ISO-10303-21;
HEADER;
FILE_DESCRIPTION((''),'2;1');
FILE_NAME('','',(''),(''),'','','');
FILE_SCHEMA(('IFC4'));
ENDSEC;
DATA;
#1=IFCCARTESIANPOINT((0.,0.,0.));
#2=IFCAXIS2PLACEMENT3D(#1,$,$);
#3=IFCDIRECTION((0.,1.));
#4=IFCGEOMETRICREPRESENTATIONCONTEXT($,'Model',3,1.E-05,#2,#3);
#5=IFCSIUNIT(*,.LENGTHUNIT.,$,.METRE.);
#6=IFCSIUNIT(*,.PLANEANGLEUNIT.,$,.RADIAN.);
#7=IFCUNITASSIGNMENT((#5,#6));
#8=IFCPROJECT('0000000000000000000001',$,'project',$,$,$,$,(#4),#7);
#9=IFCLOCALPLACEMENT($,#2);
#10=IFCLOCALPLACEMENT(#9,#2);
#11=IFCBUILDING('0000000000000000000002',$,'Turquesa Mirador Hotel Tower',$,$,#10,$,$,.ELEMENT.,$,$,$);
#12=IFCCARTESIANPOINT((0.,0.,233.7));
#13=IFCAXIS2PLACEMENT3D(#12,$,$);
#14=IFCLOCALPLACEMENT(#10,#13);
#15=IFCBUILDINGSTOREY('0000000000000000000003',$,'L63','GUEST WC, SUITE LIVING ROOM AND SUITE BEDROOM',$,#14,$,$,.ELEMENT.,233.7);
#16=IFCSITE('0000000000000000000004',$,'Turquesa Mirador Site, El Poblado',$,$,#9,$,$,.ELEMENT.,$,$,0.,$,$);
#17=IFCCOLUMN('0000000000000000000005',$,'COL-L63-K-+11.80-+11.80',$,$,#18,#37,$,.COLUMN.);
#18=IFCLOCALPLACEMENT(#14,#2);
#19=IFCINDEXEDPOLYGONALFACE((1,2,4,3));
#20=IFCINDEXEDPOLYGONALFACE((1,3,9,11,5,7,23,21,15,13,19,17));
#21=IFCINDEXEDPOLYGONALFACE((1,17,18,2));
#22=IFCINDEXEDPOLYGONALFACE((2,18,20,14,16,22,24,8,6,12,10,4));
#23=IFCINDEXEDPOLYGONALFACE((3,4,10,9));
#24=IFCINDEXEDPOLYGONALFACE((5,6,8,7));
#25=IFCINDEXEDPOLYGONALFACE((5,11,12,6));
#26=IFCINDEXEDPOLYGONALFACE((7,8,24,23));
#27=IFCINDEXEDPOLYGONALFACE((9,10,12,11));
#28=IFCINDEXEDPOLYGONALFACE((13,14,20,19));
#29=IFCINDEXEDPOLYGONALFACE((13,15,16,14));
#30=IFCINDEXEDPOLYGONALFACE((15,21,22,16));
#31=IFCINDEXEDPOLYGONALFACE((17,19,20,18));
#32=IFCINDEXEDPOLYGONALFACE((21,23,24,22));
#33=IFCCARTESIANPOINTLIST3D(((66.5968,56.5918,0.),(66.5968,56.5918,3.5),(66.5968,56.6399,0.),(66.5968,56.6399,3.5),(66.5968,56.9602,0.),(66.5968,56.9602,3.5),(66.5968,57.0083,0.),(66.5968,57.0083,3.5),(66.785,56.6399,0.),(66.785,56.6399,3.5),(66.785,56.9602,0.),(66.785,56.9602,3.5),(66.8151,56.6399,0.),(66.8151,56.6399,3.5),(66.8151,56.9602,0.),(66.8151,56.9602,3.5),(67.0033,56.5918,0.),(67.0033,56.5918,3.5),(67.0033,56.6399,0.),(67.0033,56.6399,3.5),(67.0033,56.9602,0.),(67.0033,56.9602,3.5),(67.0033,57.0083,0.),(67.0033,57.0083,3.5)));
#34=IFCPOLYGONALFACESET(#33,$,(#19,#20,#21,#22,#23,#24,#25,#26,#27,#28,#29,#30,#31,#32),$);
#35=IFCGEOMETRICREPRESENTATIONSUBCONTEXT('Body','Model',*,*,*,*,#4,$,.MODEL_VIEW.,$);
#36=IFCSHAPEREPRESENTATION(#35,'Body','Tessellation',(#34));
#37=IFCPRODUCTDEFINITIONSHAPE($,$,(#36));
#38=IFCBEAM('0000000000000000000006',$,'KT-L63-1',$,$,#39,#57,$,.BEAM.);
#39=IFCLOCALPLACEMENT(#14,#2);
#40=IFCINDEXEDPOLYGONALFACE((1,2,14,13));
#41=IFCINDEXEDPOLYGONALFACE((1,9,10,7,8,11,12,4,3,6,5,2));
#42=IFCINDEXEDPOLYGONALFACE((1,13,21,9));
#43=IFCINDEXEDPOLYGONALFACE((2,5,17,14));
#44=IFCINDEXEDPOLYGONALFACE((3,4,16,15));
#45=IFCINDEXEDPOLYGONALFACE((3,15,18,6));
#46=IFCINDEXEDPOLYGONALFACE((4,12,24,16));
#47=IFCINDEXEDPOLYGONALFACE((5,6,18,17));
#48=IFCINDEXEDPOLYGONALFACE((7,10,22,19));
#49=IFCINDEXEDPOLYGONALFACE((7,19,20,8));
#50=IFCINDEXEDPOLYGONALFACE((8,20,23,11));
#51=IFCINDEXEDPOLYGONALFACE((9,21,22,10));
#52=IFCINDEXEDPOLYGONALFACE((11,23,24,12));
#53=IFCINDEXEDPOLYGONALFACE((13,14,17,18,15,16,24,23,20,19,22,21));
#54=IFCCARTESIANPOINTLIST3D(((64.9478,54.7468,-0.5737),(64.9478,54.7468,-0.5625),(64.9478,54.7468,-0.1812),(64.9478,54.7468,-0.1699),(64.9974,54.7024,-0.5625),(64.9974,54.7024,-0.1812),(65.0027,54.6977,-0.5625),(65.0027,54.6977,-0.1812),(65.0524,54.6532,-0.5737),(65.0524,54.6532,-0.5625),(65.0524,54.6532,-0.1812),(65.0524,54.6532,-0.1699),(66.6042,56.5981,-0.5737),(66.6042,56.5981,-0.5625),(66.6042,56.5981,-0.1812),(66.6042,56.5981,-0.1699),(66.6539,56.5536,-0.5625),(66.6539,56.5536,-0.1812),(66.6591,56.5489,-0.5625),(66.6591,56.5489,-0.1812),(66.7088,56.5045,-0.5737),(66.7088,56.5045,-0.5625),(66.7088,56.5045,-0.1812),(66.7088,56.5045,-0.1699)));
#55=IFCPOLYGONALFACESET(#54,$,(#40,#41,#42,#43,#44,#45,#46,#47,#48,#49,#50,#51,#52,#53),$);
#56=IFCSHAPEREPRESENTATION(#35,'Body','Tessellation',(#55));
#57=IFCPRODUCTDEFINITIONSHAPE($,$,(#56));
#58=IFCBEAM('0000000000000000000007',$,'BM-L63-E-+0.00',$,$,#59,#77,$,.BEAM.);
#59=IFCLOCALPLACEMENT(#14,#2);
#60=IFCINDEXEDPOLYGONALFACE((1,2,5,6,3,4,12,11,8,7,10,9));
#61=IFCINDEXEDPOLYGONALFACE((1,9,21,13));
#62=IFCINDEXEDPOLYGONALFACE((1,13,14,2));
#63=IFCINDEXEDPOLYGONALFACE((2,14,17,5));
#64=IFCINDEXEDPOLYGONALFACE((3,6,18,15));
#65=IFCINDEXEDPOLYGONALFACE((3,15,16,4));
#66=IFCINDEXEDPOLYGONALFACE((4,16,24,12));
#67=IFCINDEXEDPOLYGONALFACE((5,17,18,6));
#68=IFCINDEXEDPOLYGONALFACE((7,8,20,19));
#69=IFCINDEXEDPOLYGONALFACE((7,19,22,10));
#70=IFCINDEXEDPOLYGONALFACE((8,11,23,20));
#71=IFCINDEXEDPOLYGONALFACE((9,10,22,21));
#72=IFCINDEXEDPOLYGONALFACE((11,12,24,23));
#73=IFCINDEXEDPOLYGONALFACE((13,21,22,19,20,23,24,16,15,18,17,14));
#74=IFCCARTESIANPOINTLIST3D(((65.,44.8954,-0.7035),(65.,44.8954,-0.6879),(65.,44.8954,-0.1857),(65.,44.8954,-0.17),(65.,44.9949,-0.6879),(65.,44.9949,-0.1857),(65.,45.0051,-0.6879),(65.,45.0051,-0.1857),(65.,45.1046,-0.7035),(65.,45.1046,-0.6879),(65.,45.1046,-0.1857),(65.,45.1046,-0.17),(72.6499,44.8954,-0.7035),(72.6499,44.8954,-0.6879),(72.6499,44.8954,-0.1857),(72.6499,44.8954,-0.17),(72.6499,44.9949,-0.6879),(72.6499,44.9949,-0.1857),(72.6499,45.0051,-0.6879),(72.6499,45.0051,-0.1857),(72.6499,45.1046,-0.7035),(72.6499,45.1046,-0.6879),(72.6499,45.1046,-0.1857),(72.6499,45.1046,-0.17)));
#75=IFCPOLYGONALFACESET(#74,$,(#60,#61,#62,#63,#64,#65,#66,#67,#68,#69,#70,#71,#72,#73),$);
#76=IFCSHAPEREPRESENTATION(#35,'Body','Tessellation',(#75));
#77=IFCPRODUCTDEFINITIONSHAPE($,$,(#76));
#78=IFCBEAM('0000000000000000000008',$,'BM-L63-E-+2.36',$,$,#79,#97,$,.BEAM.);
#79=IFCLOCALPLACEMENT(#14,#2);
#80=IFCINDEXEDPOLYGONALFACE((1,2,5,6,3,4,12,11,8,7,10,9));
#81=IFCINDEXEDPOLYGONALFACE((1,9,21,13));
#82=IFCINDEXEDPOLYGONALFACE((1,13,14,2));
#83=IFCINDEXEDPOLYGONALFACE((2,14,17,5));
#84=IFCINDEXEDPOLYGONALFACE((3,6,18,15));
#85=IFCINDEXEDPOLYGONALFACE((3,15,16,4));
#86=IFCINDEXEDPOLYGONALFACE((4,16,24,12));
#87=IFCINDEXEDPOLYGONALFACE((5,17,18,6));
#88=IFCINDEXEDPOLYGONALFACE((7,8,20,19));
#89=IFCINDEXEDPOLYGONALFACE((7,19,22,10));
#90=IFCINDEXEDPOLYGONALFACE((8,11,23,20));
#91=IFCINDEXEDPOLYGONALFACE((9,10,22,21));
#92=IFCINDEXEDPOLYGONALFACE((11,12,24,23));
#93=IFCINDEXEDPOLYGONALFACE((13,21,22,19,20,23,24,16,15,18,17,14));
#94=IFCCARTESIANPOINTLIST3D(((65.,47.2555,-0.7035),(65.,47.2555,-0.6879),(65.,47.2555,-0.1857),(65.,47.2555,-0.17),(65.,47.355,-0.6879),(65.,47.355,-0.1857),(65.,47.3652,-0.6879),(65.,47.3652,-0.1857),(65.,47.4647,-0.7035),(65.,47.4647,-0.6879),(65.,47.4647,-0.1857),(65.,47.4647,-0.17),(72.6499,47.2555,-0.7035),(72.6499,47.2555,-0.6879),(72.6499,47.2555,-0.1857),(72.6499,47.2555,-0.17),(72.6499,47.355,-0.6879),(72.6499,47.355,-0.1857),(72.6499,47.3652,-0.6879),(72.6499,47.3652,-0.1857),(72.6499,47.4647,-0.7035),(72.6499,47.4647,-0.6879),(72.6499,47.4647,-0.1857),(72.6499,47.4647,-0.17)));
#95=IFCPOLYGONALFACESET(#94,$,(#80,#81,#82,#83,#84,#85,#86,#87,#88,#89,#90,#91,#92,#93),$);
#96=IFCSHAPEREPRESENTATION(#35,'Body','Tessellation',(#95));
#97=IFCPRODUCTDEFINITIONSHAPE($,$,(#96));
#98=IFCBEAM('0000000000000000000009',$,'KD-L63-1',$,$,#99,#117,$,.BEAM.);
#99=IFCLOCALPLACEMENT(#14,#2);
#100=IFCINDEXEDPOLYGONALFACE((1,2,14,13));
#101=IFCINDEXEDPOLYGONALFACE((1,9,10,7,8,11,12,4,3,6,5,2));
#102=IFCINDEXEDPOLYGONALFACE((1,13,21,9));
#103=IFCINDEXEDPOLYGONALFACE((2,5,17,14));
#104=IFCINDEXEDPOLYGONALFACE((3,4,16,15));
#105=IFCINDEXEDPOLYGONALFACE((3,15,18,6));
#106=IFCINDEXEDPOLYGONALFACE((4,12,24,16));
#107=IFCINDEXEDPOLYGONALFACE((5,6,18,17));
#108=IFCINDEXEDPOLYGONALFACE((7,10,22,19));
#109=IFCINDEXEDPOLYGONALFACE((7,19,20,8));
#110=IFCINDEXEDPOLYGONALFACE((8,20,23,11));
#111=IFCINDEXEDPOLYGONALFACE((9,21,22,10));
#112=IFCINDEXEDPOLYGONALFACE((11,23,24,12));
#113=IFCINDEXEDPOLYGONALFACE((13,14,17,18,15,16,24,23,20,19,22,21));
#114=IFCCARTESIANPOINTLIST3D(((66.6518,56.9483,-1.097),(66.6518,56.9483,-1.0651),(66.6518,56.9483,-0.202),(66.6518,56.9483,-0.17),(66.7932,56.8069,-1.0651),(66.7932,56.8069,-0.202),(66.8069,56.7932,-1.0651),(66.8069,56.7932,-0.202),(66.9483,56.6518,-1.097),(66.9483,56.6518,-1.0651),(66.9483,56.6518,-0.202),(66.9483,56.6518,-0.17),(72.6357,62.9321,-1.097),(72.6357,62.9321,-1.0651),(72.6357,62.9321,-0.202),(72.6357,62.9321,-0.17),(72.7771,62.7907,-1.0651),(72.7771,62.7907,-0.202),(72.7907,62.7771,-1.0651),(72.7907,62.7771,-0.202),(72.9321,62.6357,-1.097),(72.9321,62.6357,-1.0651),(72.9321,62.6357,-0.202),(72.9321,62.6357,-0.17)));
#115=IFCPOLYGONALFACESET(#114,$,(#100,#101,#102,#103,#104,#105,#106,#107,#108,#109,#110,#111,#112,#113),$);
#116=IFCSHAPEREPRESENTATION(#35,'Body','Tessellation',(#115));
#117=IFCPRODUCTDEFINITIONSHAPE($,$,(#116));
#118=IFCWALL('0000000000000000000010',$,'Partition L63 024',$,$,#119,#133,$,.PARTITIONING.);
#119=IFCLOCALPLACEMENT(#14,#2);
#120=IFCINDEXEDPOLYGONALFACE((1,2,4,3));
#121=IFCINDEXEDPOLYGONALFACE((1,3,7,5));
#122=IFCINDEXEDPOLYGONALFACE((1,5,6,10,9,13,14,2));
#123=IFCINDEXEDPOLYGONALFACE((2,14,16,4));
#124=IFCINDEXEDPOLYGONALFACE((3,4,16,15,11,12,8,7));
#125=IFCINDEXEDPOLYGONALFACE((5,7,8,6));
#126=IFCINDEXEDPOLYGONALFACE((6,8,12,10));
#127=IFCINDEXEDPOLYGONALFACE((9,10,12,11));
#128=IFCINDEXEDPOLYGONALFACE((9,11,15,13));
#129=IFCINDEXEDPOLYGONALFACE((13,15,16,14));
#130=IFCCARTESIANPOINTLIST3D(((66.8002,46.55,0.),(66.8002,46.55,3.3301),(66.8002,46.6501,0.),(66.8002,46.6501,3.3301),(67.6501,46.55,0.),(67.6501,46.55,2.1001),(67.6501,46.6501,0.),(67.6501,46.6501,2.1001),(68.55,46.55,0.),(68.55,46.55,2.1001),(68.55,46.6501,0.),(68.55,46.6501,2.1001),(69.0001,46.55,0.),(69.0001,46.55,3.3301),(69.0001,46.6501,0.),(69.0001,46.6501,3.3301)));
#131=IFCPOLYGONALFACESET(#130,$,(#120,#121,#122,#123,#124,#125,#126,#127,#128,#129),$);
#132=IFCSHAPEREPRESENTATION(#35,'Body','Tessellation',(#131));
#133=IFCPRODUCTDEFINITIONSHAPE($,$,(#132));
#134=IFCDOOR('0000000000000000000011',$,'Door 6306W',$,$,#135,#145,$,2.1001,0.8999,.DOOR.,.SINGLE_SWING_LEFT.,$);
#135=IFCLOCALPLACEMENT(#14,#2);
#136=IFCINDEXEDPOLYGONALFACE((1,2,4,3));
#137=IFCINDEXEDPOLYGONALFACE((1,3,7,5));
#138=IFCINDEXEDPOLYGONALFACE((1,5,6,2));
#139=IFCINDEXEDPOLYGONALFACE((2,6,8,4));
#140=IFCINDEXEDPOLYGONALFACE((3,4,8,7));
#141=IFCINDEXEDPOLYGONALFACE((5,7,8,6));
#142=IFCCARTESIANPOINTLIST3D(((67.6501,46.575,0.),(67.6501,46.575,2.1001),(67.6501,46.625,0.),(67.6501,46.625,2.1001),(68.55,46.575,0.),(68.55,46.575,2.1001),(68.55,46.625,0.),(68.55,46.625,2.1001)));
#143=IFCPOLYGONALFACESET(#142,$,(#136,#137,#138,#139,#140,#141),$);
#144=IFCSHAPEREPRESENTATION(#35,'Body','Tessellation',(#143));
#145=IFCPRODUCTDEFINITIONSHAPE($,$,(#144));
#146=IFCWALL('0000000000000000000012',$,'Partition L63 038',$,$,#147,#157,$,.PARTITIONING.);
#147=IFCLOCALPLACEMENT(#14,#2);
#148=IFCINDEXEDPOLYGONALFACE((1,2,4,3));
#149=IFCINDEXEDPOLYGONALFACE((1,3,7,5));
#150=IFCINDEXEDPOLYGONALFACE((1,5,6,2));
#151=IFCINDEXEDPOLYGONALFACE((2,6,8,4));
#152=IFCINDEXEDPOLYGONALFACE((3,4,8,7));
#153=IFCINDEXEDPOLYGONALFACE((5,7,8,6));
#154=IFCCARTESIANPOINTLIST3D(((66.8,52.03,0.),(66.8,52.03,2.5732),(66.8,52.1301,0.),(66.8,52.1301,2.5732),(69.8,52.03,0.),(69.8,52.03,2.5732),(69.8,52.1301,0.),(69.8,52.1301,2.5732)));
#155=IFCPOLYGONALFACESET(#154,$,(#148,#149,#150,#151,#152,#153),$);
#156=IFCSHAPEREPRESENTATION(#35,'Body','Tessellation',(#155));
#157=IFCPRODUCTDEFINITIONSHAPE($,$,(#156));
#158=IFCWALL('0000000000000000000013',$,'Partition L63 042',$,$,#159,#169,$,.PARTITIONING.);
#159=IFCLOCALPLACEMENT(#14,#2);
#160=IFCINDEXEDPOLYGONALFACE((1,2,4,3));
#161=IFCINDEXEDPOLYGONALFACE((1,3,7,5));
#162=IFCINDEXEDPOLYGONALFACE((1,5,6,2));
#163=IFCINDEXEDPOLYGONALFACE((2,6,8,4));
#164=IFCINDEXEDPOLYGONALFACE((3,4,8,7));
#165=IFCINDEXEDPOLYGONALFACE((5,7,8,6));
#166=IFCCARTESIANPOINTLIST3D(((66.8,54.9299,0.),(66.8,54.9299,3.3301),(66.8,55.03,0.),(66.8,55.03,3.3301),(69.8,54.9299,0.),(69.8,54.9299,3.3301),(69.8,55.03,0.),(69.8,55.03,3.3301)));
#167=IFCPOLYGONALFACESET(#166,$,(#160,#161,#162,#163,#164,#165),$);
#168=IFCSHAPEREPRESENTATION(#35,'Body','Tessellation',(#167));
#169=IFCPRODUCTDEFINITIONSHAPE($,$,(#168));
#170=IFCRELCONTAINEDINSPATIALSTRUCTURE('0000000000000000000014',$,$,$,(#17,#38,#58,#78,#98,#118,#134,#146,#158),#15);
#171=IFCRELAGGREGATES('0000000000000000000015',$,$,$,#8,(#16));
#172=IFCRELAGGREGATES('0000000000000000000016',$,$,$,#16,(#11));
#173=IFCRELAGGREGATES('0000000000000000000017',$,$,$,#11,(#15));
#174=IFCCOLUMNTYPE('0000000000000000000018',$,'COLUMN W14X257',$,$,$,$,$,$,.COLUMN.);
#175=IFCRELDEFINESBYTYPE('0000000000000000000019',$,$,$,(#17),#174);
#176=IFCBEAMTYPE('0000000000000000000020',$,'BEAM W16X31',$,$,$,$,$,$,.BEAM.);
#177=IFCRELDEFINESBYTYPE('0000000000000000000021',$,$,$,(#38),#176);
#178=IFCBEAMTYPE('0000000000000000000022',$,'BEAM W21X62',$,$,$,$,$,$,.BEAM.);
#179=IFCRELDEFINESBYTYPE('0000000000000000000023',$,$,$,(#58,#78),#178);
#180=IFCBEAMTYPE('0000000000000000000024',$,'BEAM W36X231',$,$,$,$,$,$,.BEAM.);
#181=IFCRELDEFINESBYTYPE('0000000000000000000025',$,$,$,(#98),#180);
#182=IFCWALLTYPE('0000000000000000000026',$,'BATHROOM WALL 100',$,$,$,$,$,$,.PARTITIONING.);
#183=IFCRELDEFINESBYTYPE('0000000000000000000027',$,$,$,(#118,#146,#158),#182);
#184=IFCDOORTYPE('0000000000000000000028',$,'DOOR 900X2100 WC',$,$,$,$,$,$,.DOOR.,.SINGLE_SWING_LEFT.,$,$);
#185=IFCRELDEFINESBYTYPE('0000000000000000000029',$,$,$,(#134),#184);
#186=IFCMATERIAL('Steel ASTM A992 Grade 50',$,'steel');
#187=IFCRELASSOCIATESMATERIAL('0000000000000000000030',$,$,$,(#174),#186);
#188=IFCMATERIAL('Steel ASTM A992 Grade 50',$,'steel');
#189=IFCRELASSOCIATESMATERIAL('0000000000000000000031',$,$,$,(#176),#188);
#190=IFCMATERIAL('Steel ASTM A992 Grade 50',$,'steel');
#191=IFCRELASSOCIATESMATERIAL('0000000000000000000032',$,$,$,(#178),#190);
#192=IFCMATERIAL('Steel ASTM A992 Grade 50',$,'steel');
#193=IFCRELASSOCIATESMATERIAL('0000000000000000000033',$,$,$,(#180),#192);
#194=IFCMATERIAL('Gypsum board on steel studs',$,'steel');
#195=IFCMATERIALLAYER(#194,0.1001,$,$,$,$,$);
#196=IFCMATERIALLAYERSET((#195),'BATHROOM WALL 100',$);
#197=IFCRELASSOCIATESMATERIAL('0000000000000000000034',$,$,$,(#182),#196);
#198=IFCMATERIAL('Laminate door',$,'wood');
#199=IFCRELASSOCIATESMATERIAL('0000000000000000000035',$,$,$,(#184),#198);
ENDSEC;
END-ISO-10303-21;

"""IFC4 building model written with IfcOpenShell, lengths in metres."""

from ifc_helpers import new_model, si_unit, direction, frame, frame_2d, origin, origin_2d, place, context, subcontext, project, spatial, rectangle, i_section, extrude, material, layer, layer_set, material_profile, profile_set, type_object, element, fill, save


model = new_model("IFC4")

# Units and contexts
model_context = context("Model", 3, precision=1e-05, world=origin(), true_north=direction((0.0, 1.0)))
body_context = subcontext(model_context, "Body", "Model", "MODEL_VIEW")
ifc_project = project(units=[si_unit("LENGTHUNIT", "METRE"), si_unit("PLANEANGLEUNIT", "RADIAN")], contexts=[model_context])

# Site, building, storey
site_placement = place(None, origin())
site = spatial("IfcSite", under=ifc_project, at=site_placement, Name="Turquesa Mirador Site, El Poblado", CompositionType="ELEMENT", RefElevation=0.0)
building_placement = place(site_placement, origin())
building = spatial("IfcBuilding", under=site, at=building_placement, Name="Turquesa Mirador Hotel Tower", CompositionType="ELEMENT")
storey_placement = place(building_placement, frame((0.0, 0.0, 233.7)))
storey = spatial("IfcBuildingStorey", under=building, at=storey_placement, Name="L63", Description="GUEST WC, SUITE LIVING ROOM AND SUITE BEDROOM", CompositionType="ELEMENT", Elevation=233.7)

# Column
ifc_material_1 = material(Name="Steel ASTM A992 Grade 50", Category="steel")
ifc_material_profile_1 = material_profile(ifc_material_1, i_section(OverallWidth=0.4065, OverallDepth=0.4165, WebThickness=0.03, FlangeThickness=0.0481, at=origin_2d()), Name="W14X257")
ifc_profile_set_1 = profile_set([ifc_material_profile_1], Name="Steel ASTM A992 Grade 50")
column_type = type_object("IfcColumnType", Name="COLUMN W14X257", PredefinedType="COLUMN", material=ifc_profile_set_1)
column_placement = place(storey_placement, frame((66.8, 56.8, 0.0), z_axis=(0.0, 0.0, 1.0), x_axis=(1.0, 0.0, 0.0)))
element("IfcColumn", 1, at=column_placement, inside=storey, type_object=column_type, Name="COL-L63-K-+11.80-+11.80", PredefinedType="COLUMN", context=body_context, shape_type="SweptSolid", body=[
    extrude(i_section(OverallWidth=0.4065, OverallDepth=0.4165, WebThickness=0.03, FlangeThickness=0.0481, at=origin_2d()), origin(), (0.0, 0.0, 1.0), 3.5),
])

# Beams
ifc_material_2 = material(Name="Steel ASTM A992 Grade 50", Category="steel")
ifc_material_profile_2 = material_profile(ifc_material_2, i_section(OverallWidth=0.1404, OverallDepth=0.4038, WebThickness=0.0071, FlangeThickness=0.0112, at=origin_2d()), Name="W16X31")
ifc_profile_set_2 = profile_set([ifc_material_profile_2], Name="Steel ASTM A992 Grade 50")
beam_type_1 = type_object("IfcBeamType", Name="BEAM W16X31", PredefinedType="BEAM", material=ifc_profile_set_2)
beam_1_placement = place(storey_placement, frame((66.6565, 56.5513, -0.3718), z_axis=(-0.666806, -0.745231, 0.0), x_axis=(0.745231, -0.666806, 0.0)))
element("IfcBeam", 2, at=beam_1_placement, inside=storey, type_object=beam_type_1, Name="KT-L63-1", PredefinedType="BEAM", context=body_context, shape_type="SweptSolid", body=[
    extrude(i_section(OverallWidth=0.1404, OverallDepth=0.4038, WebThickness=0.0071, FlangeThickness=0.0112, at=origin_2d()), origin(), (0.0, 0.0, 1.0), 2.4841),
])
ifc_material_3 = material(Name="Steel ASTM A992 Grade 50", Category="steel")
ifc_material_profile_3 = material_profile(ifc_material_3, i_section(OverallWidth=0.2092, OverallDepth=0.5334, WebThickness=0.0103, FlangeThickness=0.0156, at=origin_2d()), Name="W21X62")
ifc_profile_set_3 = profile_set([ifc_material_profile_3], Name="Steel ASTM A992 Grade 50")
beam_type_2 = type_object("IfcBeamType", Name="BEAM W21X62", PredefinedType="BEAM", material=ifc_profile_set_3)
for number, where, z_axis, x_axis, name in (
    (3, (72.6499, 45.0, -0.4368), (-1.0, 0.0, 0.0), (0.0, -1.0, 0.0), "BM-L63-E-+0.00"),
    (4, (72.6499, 47.3601, -0.4368), (-1.0, 0.0, 0.0), (0.0, -1.0, 0.0), "BM-L63-E-+2.36"),
):
    element("IfcBeam", number, at=place(storey_placement, frame(where, z_axis=z_axis, x_axis=x_axis)), inside=storey, type_object=beam_type_2, Name=name, PredefinedType="BEAM", context=body_context, shape_type="SweptSolid", body=[
        extrude(i_section(OverallWidth=0.2092, OverallDepth=0.5334, WebThickness=0.0103, FlangeThickness=0.0156, at=origin_2d()), origin(), (0.0, 0.0, 1.0), 7.6499),
    ])
ifc_material_4 = material(Name="Steel ASTM A992 Grade 50", Category="steel")
ifc_material_profile_4 = material_profile(ifc_material_4, i_section(OverallWidth=0.4192, OverallDepth=0.927, WebThickness=0.0193, FlangeThickness=0.032, at=origin_2d()), Name="W36X231")
ifc_profile_set_4 = profile_set([ifc_material_profile_4], Name="Steel ASTM A992 Grade 50")
beam_type_3 = type_object("IfcBeamType", Name="BEAM W36X231", PredefinedType="BEAM", material=ifc_profile_set_4)
beam_2_placement = place(storey_placement, frame((66.8, 56.8, -0.6335), z_axis=(0.707107, 0.707107, 0.0), x_axis=(-0.707107, 0.707107, 0.0)))
element("IfcBeam", 5, at=beam_2_placement, inside=storey, type_object=beam_type_3, Name="KD-L63-1", PredefinedType="BEAM", context=body_context, shape_type="SweptSolid", body=[
    extrude(i_section(OverallWidth=0.4192, OverallDepth=0.927, WebThickness=0.0193, FlangeThickness=0.032, at=origin_2d()), origin(), (0.0, 0.0, 1.0), 8.4624),
])

# Wall, opening, door
ifc_material_5 = material(Name="Gypsum board on steel studs", Category="steel")
ifc_layer_1 = layer(ifc_material_5, 0.1001)
ifc_layer_set_1 = layer_set([ifc_layer_1], Name="BATHROOM WALL 100")
wall_type_1 = type_object("IfcWallType", Name="BATHROOM WALL 100", PredefinedType="PARTITIONING", material=ifc_layer_set_1)
wall_1_placement = place(storey_placement, frame((66.8, 46.6001, 0.0), z_axis=(0.0, 0.0, 1.0), x_axis=(1.0, 0.0, 0.0)))
wall_1 = element("IfcWall", 6, at=wall_1_placement, inside=storey, type_object=wall_type_1, Name="Partition L63 024", PredefinedType="PARTITIONING", context=body_context, shape_type="SweptSolid", body=[
    extrude(rectangle(XDim=2.2, YDim=0.1001, at=frame_2d((1.1001, 0.0))), origin(), (0.0, 0.0, 1.0), 3.3301),
])
opening_1_placement = place(wall_1_placement, frame((0.8501, 0.0, 0.0)))
opening_1 = element("IfcOpeningElement", 7, at=opening_1_placement, cuts=wall_1, PredefinedType="OPENING", context=body_context, shape_type="SweptSolid", body=[
    extrude(rectangle(XDim=0.8999, YDim=2.1001, at=frame_2d((0.45, 1.05))), frame((0.0, 0.0601, 0.0), z_axis=(0.0, -1.0, 0.0), x_axis=(1.0, 0.0, 0.0)), (0.0, 0.0, 1.0), 0.1201),
])
ifc_material_6 = material(Name="Laminate door", Category="wood")
door_type_1 = type_object("IfcDoorType", Name="DOOR 900X2100 WC", OperationType="SINGLE_SWING_LEFT", PredefinedType="DOOR", material=ifc_material_6)
door_1_placement = place(opening_1_placement, origin())
door_1 = element("IfcDoor", 8, at=door_1_placement, inside=storey, type_object=door_type_1, Name="Door 6306W", OperationType="SINGLE_SWING_LEFT", OverallHeight=2.1001, OverallWidth=0.8999, PredefinedType="DOOR", context=body_context, shape_type="SweptSolid", body=[
    extrude(rectangle(XDim=0.8999, YDim=2.1001, at=frame_2d((0.45, 1.05))), frame((0.0, 0.0249, 0.0), z_axis=(0.0, -1.0, 0.0), x_axis=(1.0, 0.0, 0.0)), (0.0, 0.0, 1.0), 0.05),
])
fill(opening_1, door_1)

# Walls
wall_2_placement = place(storey_placement, frame((66.8, 52.0801, 0.0), z_axis=(0.0, 0.0, 1.0), x_axis=(1.0, 0.0, 0.0)))
element("IfcWall", 9, at=wall_2_placement, inside=storey, type_object=wall_type_1, Name="Partition L63 038", PredefinedType="PARTITIONING", context=body_context, shape_type="SweptSolid", body=[
    extrude(rectangle(XDim=3.0, YDim=0.1001, at=frame_2d((1.5, 0.0))), origin(), (0.0, 0.0, 1.0), 2.5732),
])
wall_3_placement = place(storey_placement, frame((66.8, 54.98, 0.0), z_axis=(0.0, 0.0, 1.0), x_axis=(1.0, 0.0, 0.0)))
element("IfcWall", 10, at=wall_3_placement, inside=storey, type_object=wall_type_1, Name="Partition L63 042", PredefinedType="PARTITIONING", context=body_context, shape_type="SweptSolid", body=[
    extrude(rectangle(XDim=3.0, YDim=0.1001, at=frame_2d((1.5, 0.0))), origin(), (0.0, 0.0, 1.0), 3.3301),
])

save(model, "model.ifc")
